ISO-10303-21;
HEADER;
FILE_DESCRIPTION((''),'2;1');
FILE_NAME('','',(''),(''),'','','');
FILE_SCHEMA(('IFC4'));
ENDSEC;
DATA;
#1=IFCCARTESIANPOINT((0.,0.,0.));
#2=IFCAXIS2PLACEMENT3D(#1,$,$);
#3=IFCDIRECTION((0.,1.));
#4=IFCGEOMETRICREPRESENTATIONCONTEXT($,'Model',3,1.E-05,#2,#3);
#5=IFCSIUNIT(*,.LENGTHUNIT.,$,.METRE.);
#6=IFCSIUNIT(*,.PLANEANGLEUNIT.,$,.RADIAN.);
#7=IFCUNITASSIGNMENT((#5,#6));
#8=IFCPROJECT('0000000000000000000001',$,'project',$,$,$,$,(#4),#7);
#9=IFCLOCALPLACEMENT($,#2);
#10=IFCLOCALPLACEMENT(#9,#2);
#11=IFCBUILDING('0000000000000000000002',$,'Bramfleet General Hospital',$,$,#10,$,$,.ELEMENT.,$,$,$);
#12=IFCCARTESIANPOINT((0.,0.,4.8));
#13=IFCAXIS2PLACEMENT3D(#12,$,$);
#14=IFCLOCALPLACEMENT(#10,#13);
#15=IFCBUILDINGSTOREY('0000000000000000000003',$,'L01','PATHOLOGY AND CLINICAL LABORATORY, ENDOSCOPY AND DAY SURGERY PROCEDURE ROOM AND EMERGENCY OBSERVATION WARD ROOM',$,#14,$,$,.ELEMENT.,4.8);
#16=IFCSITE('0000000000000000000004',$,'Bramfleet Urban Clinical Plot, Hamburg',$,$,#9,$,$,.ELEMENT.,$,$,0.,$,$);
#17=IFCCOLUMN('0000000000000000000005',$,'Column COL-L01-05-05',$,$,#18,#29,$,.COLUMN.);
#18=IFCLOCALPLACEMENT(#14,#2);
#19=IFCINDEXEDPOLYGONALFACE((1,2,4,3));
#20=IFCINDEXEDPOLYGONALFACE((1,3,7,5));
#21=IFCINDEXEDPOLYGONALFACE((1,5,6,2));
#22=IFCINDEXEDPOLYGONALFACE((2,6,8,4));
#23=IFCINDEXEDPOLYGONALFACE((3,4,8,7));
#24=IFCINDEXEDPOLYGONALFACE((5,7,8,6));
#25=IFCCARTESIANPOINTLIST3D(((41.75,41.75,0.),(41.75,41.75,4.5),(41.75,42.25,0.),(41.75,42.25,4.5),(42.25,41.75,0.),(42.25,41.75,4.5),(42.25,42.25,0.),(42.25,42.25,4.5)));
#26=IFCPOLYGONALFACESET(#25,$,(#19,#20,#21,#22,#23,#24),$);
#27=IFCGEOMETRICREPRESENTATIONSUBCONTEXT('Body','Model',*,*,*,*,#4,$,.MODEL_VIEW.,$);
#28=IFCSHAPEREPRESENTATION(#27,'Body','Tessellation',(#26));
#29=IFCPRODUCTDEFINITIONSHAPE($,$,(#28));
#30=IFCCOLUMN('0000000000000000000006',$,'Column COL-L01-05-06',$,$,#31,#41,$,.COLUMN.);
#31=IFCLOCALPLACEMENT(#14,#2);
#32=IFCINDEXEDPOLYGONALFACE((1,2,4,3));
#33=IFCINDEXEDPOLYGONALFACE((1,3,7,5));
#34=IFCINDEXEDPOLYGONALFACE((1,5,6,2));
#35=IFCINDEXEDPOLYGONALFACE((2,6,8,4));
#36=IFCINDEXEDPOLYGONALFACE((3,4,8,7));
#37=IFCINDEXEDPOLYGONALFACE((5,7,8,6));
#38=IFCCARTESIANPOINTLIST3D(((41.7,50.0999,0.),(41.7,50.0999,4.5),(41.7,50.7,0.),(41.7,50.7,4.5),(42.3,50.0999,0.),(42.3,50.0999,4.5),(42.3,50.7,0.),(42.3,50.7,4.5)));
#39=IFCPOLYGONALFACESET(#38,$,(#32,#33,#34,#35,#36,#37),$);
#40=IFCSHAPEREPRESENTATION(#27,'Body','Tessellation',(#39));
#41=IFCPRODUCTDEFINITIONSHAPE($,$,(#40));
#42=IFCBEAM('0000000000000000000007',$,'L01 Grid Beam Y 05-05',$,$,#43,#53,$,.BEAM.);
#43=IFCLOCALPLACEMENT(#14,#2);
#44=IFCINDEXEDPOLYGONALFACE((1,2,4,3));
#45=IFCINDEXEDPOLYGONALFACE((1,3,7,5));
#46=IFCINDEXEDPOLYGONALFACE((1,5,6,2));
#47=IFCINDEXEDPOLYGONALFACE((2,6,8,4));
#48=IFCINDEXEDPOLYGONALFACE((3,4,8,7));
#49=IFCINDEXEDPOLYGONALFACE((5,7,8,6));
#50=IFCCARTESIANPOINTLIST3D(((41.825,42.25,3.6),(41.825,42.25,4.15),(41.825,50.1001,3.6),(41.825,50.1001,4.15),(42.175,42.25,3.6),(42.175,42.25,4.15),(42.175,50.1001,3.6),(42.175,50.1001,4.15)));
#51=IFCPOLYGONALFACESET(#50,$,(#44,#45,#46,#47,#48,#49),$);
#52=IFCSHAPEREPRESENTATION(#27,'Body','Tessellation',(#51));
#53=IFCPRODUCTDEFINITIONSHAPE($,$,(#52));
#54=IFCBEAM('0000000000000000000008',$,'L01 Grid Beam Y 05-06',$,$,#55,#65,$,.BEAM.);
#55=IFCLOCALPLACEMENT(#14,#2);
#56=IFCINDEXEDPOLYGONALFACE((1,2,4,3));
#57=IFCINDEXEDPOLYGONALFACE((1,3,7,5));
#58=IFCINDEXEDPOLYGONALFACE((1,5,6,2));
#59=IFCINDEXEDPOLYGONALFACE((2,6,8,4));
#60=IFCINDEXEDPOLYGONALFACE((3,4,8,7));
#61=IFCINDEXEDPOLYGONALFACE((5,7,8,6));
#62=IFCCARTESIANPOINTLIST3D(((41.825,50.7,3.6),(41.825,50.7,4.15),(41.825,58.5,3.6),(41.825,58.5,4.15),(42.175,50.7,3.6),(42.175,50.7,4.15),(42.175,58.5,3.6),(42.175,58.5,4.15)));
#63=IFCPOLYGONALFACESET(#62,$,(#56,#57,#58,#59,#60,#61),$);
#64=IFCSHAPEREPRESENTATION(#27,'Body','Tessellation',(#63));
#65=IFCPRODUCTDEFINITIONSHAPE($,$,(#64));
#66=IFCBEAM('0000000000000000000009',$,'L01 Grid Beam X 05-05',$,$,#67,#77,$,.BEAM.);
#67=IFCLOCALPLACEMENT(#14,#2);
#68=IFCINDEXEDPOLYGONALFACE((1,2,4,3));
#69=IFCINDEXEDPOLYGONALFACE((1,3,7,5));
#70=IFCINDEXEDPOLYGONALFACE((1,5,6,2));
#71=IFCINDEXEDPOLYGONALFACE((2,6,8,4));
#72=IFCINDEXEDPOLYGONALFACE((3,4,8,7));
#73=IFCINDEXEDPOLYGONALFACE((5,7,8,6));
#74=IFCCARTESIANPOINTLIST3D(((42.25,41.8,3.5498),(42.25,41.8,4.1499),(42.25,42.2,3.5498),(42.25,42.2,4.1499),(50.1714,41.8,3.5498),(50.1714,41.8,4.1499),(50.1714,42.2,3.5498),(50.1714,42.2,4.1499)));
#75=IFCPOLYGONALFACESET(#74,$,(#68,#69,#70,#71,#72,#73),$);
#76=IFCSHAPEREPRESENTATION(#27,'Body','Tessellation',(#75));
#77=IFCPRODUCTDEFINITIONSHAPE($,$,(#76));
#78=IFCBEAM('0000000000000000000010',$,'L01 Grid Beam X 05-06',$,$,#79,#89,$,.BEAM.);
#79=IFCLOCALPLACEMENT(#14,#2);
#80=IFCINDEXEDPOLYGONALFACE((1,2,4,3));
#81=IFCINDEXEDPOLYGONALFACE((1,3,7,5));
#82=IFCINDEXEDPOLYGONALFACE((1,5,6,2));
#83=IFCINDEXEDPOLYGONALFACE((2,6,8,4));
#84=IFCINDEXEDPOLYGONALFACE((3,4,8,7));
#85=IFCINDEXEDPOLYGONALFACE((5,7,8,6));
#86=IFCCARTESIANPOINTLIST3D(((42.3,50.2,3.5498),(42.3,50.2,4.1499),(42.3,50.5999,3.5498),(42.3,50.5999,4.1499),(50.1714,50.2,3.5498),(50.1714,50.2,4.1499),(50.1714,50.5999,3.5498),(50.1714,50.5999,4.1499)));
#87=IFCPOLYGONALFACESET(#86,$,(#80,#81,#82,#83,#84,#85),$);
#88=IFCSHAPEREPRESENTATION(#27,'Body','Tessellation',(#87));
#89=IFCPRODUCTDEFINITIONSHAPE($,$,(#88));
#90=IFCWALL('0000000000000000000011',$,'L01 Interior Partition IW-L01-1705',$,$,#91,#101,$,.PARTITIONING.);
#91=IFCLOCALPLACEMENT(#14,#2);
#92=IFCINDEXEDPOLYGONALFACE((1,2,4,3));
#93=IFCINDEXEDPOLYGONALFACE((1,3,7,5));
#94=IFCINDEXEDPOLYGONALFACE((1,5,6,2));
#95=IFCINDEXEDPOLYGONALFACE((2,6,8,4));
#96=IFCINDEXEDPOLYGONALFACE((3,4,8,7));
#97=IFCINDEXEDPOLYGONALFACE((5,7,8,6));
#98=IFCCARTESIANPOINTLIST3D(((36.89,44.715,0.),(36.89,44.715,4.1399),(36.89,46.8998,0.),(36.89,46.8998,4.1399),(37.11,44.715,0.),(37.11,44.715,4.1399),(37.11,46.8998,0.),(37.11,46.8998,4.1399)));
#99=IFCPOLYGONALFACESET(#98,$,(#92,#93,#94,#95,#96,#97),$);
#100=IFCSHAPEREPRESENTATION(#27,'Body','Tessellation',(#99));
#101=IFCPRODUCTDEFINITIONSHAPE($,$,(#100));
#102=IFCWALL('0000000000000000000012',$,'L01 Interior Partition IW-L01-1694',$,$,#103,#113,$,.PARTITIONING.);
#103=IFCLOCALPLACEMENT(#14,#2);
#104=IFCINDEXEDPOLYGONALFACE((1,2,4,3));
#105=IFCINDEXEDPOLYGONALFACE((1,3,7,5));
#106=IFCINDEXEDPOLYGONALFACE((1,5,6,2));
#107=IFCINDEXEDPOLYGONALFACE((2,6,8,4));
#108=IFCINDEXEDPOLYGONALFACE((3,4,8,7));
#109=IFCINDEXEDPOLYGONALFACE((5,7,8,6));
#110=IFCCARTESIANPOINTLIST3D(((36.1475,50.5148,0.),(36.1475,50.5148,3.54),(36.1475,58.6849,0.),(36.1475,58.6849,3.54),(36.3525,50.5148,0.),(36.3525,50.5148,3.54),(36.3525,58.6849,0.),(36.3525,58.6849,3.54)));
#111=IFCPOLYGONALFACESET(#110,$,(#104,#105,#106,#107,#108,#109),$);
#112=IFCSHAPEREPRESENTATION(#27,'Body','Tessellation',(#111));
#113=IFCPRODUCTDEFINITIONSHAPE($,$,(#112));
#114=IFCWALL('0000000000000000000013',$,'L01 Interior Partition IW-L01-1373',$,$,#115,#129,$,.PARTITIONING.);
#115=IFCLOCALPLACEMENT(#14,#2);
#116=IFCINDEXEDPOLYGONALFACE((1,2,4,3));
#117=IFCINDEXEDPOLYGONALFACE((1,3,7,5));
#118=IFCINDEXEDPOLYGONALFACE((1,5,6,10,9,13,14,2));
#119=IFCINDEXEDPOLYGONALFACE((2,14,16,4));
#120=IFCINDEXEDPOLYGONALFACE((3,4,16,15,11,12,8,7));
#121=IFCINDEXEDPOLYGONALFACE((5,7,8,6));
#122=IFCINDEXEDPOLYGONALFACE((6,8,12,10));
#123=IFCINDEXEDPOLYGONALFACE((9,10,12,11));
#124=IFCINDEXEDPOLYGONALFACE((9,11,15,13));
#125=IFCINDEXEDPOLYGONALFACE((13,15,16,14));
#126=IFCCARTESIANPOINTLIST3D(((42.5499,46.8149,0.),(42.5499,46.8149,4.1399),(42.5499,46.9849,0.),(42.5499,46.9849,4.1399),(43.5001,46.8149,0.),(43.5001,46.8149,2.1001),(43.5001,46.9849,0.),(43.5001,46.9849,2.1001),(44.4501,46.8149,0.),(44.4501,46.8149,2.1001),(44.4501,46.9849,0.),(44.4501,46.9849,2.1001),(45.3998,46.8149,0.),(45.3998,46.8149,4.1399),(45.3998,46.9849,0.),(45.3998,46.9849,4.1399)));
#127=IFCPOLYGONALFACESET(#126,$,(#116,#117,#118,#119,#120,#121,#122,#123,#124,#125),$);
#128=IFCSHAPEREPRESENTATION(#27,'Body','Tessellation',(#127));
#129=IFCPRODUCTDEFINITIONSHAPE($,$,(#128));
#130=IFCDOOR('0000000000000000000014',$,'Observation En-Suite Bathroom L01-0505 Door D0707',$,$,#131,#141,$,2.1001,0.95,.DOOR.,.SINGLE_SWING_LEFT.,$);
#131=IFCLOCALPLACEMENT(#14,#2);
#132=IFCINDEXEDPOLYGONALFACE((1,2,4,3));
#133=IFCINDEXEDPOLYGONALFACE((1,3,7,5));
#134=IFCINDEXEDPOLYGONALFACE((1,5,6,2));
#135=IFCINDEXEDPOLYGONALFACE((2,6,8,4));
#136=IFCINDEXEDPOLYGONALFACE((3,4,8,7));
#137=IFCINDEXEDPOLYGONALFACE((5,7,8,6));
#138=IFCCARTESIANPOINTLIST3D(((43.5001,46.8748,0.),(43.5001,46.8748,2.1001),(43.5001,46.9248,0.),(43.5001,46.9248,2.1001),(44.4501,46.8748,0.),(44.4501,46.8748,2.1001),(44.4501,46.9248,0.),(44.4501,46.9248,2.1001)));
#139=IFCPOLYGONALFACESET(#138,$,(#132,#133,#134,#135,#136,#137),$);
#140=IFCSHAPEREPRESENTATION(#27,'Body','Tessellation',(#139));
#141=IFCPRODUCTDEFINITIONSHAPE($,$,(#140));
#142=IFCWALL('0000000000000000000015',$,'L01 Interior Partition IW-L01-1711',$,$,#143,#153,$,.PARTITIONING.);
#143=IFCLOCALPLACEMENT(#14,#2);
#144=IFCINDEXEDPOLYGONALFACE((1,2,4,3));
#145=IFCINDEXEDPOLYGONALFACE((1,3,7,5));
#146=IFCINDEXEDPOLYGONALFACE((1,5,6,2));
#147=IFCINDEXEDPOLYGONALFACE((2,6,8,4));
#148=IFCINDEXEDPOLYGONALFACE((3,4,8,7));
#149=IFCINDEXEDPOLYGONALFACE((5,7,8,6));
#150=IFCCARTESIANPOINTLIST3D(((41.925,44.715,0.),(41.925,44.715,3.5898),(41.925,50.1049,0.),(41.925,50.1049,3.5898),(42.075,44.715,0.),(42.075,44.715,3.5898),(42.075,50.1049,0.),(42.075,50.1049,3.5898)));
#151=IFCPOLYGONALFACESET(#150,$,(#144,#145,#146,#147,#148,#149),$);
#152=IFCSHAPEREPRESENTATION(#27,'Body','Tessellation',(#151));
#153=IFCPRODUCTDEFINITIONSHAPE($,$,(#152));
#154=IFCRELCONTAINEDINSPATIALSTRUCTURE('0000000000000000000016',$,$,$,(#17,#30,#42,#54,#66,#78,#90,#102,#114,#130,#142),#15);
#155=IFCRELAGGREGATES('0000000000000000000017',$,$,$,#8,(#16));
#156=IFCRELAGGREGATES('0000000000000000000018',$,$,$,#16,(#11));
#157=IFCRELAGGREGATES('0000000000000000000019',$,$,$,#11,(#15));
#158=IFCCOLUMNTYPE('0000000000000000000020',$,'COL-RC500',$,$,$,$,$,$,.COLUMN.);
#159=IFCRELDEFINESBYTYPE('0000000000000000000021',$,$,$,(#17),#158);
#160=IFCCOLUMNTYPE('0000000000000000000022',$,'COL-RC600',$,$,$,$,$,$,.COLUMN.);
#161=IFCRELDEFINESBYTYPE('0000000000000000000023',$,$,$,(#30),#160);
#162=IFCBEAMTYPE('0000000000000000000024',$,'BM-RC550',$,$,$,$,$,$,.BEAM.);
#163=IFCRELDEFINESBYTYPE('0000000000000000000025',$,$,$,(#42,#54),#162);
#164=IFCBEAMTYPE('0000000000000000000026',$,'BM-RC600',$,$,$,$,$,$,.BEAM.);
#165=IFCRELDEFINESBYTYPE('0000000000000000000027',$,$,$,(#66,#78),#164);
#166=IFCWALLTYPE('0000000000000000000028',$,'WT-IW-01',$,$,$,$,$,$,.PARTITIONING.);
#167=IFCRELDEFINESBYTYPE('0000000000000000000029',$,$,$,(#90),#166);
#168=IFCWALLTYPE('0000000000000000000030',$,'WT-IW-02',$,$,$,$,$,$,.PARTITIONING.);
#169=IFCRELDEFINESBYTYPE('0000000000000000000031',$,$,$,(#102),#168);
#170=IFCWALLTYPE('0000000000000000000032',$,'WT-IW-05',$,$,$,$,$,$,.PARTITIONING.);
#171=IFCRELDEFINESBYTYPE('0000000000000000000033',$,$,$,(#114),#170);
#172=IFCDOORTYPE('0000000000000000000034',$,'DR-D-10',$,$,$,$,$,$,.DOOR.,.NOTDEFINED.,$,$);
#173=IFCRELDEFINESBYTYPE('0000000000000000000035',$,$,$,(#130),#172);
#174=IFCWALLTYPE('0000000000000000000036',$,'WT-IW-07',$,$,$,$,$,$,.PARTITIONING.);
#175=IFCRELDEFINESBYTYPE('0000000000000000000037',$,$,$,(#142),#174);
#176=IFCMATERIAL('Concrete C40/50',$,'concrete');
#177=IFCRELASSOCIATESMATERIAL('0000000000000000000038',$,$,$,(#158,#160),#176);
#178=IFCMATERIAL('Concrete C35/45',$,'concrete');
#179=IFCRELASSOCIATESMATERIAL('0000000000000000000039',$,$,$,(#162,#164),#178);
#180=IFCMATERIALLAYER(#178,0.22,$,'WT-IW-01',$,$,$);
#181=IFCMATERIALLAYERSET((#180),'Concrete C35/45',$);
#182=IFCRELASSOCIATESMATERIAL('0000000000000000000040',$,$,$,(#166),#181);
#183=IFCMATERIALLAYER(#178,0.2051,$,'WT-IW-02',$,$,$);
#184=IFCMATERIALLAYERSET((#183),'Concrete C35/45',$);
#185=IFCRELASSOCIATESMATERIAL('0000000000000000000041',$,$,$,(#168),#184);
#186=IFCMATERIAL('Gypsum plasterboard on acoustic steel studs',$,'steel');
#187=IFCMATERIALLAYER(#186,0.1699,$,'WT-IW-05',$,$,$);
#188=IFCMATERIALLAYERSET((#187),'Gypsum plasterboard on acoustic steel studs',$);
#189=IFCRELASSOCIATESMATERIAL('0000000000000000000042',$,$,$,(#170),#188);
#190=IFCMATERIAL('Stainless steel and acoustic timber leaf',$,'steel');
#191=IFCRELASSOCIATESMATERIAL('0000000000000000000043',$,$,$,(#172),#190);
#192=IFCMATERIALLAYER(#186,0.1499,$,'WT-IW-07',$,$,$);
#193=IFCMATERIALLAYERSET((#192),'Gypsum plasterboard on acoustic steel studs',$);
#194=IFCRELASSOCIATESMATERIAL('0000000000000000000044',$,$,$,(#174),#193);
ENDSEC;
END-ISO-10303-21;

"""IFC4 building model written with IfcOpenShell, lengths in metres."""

from ifc_helpers import new_model, si_unit, direction, frame, frame_2d, origin, origin_2d, place, context, subcontext, project, spatial, rectangle, extrude, material, layer, layer_set, material_profile, profile_set, type_object, element, fill, save


model = new_model("IFC4")

# Units and contexts
model_context = context("Model", 3, precision=1e-05, world=origin(), true_north=direction((0.0, 1.0)))
body_context = subcontext(model_context, "Body", "Model", "MODEL_VIEW")
ifc_project = project(units=[si_unit("LENGTHUNIT", "METRE"), si_unit("PLANEANGLEUNIT", "RADIAN")], contexts=[model_context])

# Site, building, storey
site_placement = place(None, origin())
site = spatial("IfcSite", under=ifc_project, at=site_placement, Name="Bramfleet Urban Clinical Plot, Hamburg", CompositionType="ELEMENT", RefElevation=0.0)
building_placement = place(site_placement, origin())
building = spatial("IfcBuilding", under=site, at=building_placement, Name="Bramfleet General Hospital", CompositionType="ELEMENT")
storey_placement = place(building_placement, frame((0.0, 0.0, 4.8)))
storey = spatial("IfcBuildingStorey", under=building, at=storey_placement, Name="L01", Description="PATHOLOGY AND CLINICAL LABORATORY, ENDOSCOPY AND DAY SURGERY PROCEDURE ROOM AND EMERGENCY OBSERVATION WARD ROOM", CompositionType="ELEMENT", Elevation=4.8)

# Columns
ifc_material_1 = material(Name="Concrete C40/50", Category="concrete")
ifc_material_profile_1 = material_profile(ifc_material_1, rectangle(XDim=0.5, YDim=0.5, at=origin_2d()), Name="RC COL 500x500")
ifc_profile_set_1 = profile_set([ifc_material_profile_1], Name="Concrete C40/50")
column_type_1 = type_object("IfcColumnType", Name="COL-RC500", PredefinedType="COLUMN", material=ifc_profile_set_1)
column_1_placement = place(storey_placement, frame((42.0, 42.0, 0.0), z_axis=(0.0, 0.0, 1.0), x_axis=(1.0, 0.0, 0.0)))
element("IfcColumn", 1, at=column_1_placement, inside=storey, type_object=column_type_1, Name="Column COL-L01-05-05", PredefinedType="COLUMN", context=body_context, shape_type="SweptSolid", body=[
    extrude(rectangle(XDim=0.5, YDim=0.5, at=origin_2d()), origin(), (0.0, 0.0, 1.0), 4.5),
])
ifc_material_profile_2 = material_profile(ifc_material_1, rectangle(XDim=0.6001, YDim=0.6001, at=origin_2d()), Name="RC COL 600x600")
ifc_profile_set_2 = profile_set([ifc_material_profile_2], Name="Concrete C40/50")
column_type_2 = type_object("IfcColumnType", Name="COL-RC600", PredefinedType="COLUMN", material=ifc_profile_set_2)
column_2_placement = place(storey_placement, frame((42.0, 50.3999, 0.0), z_axis=(0.0, 0.0, 1.0), x_axis=(1.0, 0.0, 0.0)))
element("IfcColumn", 2, at=column_2_placement, inside=storey, type_object=column_type_2, Name="Column COL-L01-05-06", PredefinedType="COLUMN", context=body_context, shape_type="SweptSolid", body=[
    extrude(rectangle(XDim=0.6001, YDim=0.6001, at=origin_2d()), origin(), (0.0, 0.0, 1.0), 4.5),
])

# Beams
ifc_material_2 = material(Name="Concrete C35/45", Category="concrete")
ifc_material_profile_3 = material_profile(ifc_material_2, rectangle(XDim=0.3501, YDim=0.55, at=origin_2d()), Name="RC BM 550x350")
ifc_profile_set_3 = profile_set([ifc_material_profile_3], Name="Concrete C35/45")
beam_type_1 = type_object("IfcBeamType", Name="BM-RC550", PredefinedType="BEAM", material=ifc_profile_set_3)
beam_1_placement = place(storey_placement, frame((42.0, 42.25, 3.875), z_axis=(0.0, 1.0, 0.0), x_axis=(-1.0, 0.0, 0.0)))
element("IfcBeam", 3, at=beam_1_placement, inside=storey, type_object=beam_type_1, Name="L01 Grid Beam Y 05-05", PredefinedType="BEAM", context=body_context, shape_type="SweptSolid", body=[
    extrude(rectangle(XDim=0.3501, YDim=0.55, at=origin_2d()), origin(), (0.0, 0.0, 1.0), 7.8501),
])
beam_2_placement = place(storey_placement, frame((42.0, 50.7, 3.875), z_axis=(0.0, 1.0, 0.0), x_axis=(-1.0, 0.0, 0.0)))
element("IfcBeam", 4, at=beam_2_placement, inside=storey, type_object=beam_type_1, Name="L01 Grid Beam Y 05-06", PredefinedType="BEAM", context=body_context, shape_type="SweptSolid", body=[
    extrude(rectangle(XDim=0.3501, YDim=0.55, at=origin_2d()), origin(), (0.0, 0.0, 1.0), 7.8),
])
ifc_material_profile_4 = material_profile(ifc_material_2, rectangle(XDim=0.3999, YDim=0.6001, at=origin_2d()), Name="RC BM 600x400")
ifc_profile_set_4 = profile_set([ifc_material_profile_4], Name="Concrete C35/45")
beam_type_2 = type_object("IfcBeamType", Name="BM-RC600", PredefinedType="BEAM", material=ifc_profile_set_4)
beam_3_placement = place(storey_placement, frame((42.25, 42.0, 3.8499), z_axis=(1.0, 0.0, 0.0), x_axis=(0.0, 1.0, 0.0)))
element("IfcBeam", 5, at=beam_3_placement, inside=storey, type_object=beam_type_2, Name="L01 Grid Beam X 05-05", PredefinedType="BEAM", context=body_context, shape_type="SweptSolid", body=[
    extrude(rectangle(XDim=0.3999, YDim=0.6001, at=origin_2d()), origin(), (0.0, 0.0, 1.0), 7.9214),
])
beam_4_placement = place(storey_placement, frame((42.3, 50.3999, 3.8499), z_axis=(1.0, 0.0, 0.0), x_axis=(0.0, 1.0, 0.0)))
element("IfcBeam", 6, at=beam_4_placement, inside=storey, type_object=beam_type_2, Name="L01 Grid Beam X 05-06", PredefinedType="BEAM", context=body_context, shape_type="SweptSolid", body=[
    extrude(rectangle(XDim=0.3999, YDim=0.6001, at=origin_2d()), origin(), (0.0, 0.0, 1.0), 7.8713),
])

# Walls
ifc_layer_1 = layer(ifc_material_2, 0.22, Name="WT-IW-01")
ifc_layer_set_1 = layer_set([ifc_layer_1], Name="Concrete C35/45")
wall_type_1 = type_object("IfcWallType", Name="WT-IW-01", PredefinedType="PARTITIONING", material=ifc_layer_set_1)
wall_1_placement = place(storey_placement, frame((37.0, 44.7151, 0.0), z_axis=(0.0, 0.0, 1.0), x_axis=(0.0, 1.0, 0.0)))
element("IfcWall", 7, at=wall_1_placement, inside=storey, type_object=wall_type_1, Name="L01 Interior Partition IW-L01-1705", PredefinedType="PARTITIONING", context=body_context, shape_type="SweptSolid", body=[
    extrude(rectangle(XDim=2.1848, YDim=0.22, at=frame_2d((1.0923, 0.0))), origin(), (0.0, 0.0, 1.0), 4.1399),
])
ifc_layer_2 = layer(ifc_material_2, 0.2051, Name="WT-IW-02")
ifc_layer_set_2 = layer_set([ifc_layer_2], Name="Concrete C35/45")
wall_type_2 = type_object("IfcWallType", Name="WT-IW-02", PredefinedType="PARTITIONING", material=ifc_layer_set_2)
wall_2_placement = place(storey_placement, frame((36.25, 50.5149, 0.0), z_axis=(0.0, 0.0, 1.0), x_axis=(0.0, 1.0, 0.0)))
element("IfcWall", 8, at=wall_2_placement, inside=storey, type_object=wall_type_2, Name="L01 Interior Partition IW-L01-1694", PredefinedType="PARTITIONING", context=body_context, shape_type="SweptSolid", body=[
    extrude(rectangle(XDim=8.1702, YDim=0.2051, at=frame_2d((4.085, 0.0))), origin(), (0.0, 0.0, 1.0), 3.54),
])

# Wall, opening, door
ifc_material_3 = material(Name="Gypsum plasterboard on acoustic steel studs", Category="steel")
ifc_layer_3 = layer(ifc_material_3, 0.1699, Name="WT-IW-05")
ifc_layer_set_3 = layer_set([ifc_layer_3], Name="Gypsum plasterboard on acoustic steel studs")
wall_type_3 = type_object("IfcWallType", Name="WT-IW-05", PredefinedType="PARTITIONING", material=ifc_layer_set_3)
wall_3_placement = place(storey_placement, frame((42.55, 46.8999, 0.0), z_axis=(0.0, 0.0, 1.0), x_axis=(1.0, 0.0, 0.0)))
wall_3 = element("IfcWall", 9, at=wall_3_placement, inside=storey, type_object=wall_type_3, Name="L01 Interior Partition IW-L01-1373", PredefinedType="PARTITIONING", context=body_context, shape_type="SweptSolid", body=[
    extrude(rectangle(XDim=2.8499, YDim=0.1699, at=frame_2d((1.4248, 0.0))), origin(), (0.0, 0.0, 1.0), 4.1399),
])
opening_1_placement = place(wall_3_placement, frame((0.95, 0.0, 0.0)))
opening_1 = element("IfcOpeningElement", 10, at=opening_1_placement, cuts=wall_3, PredefinedType="OPENING", context=body_context, shape_type="SweptSolid", body=[
    extrude(rectangle(XDim=0.95, YDim=2.1001, at=frame_2d((0.4751, 1.05))), frame((0.0, 0.095, 0.0), z_axis=(0.0, -1.0, 0.0), x_axis=(1.0, 0.0, 0.0)), (0.0, 0.0, 1.0), 0.1899),
])
ifc_material_4 = material(Name="Stainless steel and acoustic timber leaf", Category="steel")
door_type_1 = type_object("IfcDoorType", Name="DR-D-10", OperationType="NOTDEFINED", PredefinedType="DOOR", material=ifc_material_4)
door_1_placement = place(opening_1_placement, origin())
door_1 = element("IfcDoor", 11, at=door_1_placement, inside=storey, type_object=door_type_1, Name="Observation En-Suite Bathroom L01-0505 Door D0707", OperationType="SINGLE_SWING_LEFT", OverallHeight=2.1001, OverallWidth=0.95, PredefinedType="DOOR", context=body_context, shape_type="SweptSolid", body=[
    extrude(rectangle(XDim=0.95, YDim=2.1001, at=frame_2d((0.4751, 1.05))), frame((0.0, 0.0249, 0.0), z_axis=(0.0, -1.0, 0.0), x_axis=(1.0, 0.0, 0.0)), (0.0, 0.0, 1.0), 0.05),
])
fill(opening_1, door_1)

# Wall
ifc_layer_4 = layer(ifc_material_3, 0.1499, Name="WT-IW-07")
ifc_layer_set_4 = layer_set([ifc_layer_4], Name="Gypsum plasterboard on acoustic steel studs")
wall_type_4 = type_object("IfcWallType", Name="WT-IW-07", PredefinedType="PARTITIONING", material=ifc_layer_set_4)
wall_4_placement = place(storey_placement, frame((42.0, 44.7151, 0.0), z_axis=(0.0, 0.0, 1.0), x_axis=(0.0, 1.0, 0.0)))
element("IfcWall", 12, at=wall_4_placement, inside=storey, type_object=wall_type_4, Name="L01 Interior Partition IW-L01-1711", PredefinedType="PARTITIONING", context=body_context, shape_type="SweptSolid", body=[
    extrude(rectangle(XDim=5.3899, YDim=0.1499, at=frame_2d((2.6948, 0.0))), origin(), (0.0, 0.0, 1.0), 3.5898),
])

save(model, "model.ifc")
